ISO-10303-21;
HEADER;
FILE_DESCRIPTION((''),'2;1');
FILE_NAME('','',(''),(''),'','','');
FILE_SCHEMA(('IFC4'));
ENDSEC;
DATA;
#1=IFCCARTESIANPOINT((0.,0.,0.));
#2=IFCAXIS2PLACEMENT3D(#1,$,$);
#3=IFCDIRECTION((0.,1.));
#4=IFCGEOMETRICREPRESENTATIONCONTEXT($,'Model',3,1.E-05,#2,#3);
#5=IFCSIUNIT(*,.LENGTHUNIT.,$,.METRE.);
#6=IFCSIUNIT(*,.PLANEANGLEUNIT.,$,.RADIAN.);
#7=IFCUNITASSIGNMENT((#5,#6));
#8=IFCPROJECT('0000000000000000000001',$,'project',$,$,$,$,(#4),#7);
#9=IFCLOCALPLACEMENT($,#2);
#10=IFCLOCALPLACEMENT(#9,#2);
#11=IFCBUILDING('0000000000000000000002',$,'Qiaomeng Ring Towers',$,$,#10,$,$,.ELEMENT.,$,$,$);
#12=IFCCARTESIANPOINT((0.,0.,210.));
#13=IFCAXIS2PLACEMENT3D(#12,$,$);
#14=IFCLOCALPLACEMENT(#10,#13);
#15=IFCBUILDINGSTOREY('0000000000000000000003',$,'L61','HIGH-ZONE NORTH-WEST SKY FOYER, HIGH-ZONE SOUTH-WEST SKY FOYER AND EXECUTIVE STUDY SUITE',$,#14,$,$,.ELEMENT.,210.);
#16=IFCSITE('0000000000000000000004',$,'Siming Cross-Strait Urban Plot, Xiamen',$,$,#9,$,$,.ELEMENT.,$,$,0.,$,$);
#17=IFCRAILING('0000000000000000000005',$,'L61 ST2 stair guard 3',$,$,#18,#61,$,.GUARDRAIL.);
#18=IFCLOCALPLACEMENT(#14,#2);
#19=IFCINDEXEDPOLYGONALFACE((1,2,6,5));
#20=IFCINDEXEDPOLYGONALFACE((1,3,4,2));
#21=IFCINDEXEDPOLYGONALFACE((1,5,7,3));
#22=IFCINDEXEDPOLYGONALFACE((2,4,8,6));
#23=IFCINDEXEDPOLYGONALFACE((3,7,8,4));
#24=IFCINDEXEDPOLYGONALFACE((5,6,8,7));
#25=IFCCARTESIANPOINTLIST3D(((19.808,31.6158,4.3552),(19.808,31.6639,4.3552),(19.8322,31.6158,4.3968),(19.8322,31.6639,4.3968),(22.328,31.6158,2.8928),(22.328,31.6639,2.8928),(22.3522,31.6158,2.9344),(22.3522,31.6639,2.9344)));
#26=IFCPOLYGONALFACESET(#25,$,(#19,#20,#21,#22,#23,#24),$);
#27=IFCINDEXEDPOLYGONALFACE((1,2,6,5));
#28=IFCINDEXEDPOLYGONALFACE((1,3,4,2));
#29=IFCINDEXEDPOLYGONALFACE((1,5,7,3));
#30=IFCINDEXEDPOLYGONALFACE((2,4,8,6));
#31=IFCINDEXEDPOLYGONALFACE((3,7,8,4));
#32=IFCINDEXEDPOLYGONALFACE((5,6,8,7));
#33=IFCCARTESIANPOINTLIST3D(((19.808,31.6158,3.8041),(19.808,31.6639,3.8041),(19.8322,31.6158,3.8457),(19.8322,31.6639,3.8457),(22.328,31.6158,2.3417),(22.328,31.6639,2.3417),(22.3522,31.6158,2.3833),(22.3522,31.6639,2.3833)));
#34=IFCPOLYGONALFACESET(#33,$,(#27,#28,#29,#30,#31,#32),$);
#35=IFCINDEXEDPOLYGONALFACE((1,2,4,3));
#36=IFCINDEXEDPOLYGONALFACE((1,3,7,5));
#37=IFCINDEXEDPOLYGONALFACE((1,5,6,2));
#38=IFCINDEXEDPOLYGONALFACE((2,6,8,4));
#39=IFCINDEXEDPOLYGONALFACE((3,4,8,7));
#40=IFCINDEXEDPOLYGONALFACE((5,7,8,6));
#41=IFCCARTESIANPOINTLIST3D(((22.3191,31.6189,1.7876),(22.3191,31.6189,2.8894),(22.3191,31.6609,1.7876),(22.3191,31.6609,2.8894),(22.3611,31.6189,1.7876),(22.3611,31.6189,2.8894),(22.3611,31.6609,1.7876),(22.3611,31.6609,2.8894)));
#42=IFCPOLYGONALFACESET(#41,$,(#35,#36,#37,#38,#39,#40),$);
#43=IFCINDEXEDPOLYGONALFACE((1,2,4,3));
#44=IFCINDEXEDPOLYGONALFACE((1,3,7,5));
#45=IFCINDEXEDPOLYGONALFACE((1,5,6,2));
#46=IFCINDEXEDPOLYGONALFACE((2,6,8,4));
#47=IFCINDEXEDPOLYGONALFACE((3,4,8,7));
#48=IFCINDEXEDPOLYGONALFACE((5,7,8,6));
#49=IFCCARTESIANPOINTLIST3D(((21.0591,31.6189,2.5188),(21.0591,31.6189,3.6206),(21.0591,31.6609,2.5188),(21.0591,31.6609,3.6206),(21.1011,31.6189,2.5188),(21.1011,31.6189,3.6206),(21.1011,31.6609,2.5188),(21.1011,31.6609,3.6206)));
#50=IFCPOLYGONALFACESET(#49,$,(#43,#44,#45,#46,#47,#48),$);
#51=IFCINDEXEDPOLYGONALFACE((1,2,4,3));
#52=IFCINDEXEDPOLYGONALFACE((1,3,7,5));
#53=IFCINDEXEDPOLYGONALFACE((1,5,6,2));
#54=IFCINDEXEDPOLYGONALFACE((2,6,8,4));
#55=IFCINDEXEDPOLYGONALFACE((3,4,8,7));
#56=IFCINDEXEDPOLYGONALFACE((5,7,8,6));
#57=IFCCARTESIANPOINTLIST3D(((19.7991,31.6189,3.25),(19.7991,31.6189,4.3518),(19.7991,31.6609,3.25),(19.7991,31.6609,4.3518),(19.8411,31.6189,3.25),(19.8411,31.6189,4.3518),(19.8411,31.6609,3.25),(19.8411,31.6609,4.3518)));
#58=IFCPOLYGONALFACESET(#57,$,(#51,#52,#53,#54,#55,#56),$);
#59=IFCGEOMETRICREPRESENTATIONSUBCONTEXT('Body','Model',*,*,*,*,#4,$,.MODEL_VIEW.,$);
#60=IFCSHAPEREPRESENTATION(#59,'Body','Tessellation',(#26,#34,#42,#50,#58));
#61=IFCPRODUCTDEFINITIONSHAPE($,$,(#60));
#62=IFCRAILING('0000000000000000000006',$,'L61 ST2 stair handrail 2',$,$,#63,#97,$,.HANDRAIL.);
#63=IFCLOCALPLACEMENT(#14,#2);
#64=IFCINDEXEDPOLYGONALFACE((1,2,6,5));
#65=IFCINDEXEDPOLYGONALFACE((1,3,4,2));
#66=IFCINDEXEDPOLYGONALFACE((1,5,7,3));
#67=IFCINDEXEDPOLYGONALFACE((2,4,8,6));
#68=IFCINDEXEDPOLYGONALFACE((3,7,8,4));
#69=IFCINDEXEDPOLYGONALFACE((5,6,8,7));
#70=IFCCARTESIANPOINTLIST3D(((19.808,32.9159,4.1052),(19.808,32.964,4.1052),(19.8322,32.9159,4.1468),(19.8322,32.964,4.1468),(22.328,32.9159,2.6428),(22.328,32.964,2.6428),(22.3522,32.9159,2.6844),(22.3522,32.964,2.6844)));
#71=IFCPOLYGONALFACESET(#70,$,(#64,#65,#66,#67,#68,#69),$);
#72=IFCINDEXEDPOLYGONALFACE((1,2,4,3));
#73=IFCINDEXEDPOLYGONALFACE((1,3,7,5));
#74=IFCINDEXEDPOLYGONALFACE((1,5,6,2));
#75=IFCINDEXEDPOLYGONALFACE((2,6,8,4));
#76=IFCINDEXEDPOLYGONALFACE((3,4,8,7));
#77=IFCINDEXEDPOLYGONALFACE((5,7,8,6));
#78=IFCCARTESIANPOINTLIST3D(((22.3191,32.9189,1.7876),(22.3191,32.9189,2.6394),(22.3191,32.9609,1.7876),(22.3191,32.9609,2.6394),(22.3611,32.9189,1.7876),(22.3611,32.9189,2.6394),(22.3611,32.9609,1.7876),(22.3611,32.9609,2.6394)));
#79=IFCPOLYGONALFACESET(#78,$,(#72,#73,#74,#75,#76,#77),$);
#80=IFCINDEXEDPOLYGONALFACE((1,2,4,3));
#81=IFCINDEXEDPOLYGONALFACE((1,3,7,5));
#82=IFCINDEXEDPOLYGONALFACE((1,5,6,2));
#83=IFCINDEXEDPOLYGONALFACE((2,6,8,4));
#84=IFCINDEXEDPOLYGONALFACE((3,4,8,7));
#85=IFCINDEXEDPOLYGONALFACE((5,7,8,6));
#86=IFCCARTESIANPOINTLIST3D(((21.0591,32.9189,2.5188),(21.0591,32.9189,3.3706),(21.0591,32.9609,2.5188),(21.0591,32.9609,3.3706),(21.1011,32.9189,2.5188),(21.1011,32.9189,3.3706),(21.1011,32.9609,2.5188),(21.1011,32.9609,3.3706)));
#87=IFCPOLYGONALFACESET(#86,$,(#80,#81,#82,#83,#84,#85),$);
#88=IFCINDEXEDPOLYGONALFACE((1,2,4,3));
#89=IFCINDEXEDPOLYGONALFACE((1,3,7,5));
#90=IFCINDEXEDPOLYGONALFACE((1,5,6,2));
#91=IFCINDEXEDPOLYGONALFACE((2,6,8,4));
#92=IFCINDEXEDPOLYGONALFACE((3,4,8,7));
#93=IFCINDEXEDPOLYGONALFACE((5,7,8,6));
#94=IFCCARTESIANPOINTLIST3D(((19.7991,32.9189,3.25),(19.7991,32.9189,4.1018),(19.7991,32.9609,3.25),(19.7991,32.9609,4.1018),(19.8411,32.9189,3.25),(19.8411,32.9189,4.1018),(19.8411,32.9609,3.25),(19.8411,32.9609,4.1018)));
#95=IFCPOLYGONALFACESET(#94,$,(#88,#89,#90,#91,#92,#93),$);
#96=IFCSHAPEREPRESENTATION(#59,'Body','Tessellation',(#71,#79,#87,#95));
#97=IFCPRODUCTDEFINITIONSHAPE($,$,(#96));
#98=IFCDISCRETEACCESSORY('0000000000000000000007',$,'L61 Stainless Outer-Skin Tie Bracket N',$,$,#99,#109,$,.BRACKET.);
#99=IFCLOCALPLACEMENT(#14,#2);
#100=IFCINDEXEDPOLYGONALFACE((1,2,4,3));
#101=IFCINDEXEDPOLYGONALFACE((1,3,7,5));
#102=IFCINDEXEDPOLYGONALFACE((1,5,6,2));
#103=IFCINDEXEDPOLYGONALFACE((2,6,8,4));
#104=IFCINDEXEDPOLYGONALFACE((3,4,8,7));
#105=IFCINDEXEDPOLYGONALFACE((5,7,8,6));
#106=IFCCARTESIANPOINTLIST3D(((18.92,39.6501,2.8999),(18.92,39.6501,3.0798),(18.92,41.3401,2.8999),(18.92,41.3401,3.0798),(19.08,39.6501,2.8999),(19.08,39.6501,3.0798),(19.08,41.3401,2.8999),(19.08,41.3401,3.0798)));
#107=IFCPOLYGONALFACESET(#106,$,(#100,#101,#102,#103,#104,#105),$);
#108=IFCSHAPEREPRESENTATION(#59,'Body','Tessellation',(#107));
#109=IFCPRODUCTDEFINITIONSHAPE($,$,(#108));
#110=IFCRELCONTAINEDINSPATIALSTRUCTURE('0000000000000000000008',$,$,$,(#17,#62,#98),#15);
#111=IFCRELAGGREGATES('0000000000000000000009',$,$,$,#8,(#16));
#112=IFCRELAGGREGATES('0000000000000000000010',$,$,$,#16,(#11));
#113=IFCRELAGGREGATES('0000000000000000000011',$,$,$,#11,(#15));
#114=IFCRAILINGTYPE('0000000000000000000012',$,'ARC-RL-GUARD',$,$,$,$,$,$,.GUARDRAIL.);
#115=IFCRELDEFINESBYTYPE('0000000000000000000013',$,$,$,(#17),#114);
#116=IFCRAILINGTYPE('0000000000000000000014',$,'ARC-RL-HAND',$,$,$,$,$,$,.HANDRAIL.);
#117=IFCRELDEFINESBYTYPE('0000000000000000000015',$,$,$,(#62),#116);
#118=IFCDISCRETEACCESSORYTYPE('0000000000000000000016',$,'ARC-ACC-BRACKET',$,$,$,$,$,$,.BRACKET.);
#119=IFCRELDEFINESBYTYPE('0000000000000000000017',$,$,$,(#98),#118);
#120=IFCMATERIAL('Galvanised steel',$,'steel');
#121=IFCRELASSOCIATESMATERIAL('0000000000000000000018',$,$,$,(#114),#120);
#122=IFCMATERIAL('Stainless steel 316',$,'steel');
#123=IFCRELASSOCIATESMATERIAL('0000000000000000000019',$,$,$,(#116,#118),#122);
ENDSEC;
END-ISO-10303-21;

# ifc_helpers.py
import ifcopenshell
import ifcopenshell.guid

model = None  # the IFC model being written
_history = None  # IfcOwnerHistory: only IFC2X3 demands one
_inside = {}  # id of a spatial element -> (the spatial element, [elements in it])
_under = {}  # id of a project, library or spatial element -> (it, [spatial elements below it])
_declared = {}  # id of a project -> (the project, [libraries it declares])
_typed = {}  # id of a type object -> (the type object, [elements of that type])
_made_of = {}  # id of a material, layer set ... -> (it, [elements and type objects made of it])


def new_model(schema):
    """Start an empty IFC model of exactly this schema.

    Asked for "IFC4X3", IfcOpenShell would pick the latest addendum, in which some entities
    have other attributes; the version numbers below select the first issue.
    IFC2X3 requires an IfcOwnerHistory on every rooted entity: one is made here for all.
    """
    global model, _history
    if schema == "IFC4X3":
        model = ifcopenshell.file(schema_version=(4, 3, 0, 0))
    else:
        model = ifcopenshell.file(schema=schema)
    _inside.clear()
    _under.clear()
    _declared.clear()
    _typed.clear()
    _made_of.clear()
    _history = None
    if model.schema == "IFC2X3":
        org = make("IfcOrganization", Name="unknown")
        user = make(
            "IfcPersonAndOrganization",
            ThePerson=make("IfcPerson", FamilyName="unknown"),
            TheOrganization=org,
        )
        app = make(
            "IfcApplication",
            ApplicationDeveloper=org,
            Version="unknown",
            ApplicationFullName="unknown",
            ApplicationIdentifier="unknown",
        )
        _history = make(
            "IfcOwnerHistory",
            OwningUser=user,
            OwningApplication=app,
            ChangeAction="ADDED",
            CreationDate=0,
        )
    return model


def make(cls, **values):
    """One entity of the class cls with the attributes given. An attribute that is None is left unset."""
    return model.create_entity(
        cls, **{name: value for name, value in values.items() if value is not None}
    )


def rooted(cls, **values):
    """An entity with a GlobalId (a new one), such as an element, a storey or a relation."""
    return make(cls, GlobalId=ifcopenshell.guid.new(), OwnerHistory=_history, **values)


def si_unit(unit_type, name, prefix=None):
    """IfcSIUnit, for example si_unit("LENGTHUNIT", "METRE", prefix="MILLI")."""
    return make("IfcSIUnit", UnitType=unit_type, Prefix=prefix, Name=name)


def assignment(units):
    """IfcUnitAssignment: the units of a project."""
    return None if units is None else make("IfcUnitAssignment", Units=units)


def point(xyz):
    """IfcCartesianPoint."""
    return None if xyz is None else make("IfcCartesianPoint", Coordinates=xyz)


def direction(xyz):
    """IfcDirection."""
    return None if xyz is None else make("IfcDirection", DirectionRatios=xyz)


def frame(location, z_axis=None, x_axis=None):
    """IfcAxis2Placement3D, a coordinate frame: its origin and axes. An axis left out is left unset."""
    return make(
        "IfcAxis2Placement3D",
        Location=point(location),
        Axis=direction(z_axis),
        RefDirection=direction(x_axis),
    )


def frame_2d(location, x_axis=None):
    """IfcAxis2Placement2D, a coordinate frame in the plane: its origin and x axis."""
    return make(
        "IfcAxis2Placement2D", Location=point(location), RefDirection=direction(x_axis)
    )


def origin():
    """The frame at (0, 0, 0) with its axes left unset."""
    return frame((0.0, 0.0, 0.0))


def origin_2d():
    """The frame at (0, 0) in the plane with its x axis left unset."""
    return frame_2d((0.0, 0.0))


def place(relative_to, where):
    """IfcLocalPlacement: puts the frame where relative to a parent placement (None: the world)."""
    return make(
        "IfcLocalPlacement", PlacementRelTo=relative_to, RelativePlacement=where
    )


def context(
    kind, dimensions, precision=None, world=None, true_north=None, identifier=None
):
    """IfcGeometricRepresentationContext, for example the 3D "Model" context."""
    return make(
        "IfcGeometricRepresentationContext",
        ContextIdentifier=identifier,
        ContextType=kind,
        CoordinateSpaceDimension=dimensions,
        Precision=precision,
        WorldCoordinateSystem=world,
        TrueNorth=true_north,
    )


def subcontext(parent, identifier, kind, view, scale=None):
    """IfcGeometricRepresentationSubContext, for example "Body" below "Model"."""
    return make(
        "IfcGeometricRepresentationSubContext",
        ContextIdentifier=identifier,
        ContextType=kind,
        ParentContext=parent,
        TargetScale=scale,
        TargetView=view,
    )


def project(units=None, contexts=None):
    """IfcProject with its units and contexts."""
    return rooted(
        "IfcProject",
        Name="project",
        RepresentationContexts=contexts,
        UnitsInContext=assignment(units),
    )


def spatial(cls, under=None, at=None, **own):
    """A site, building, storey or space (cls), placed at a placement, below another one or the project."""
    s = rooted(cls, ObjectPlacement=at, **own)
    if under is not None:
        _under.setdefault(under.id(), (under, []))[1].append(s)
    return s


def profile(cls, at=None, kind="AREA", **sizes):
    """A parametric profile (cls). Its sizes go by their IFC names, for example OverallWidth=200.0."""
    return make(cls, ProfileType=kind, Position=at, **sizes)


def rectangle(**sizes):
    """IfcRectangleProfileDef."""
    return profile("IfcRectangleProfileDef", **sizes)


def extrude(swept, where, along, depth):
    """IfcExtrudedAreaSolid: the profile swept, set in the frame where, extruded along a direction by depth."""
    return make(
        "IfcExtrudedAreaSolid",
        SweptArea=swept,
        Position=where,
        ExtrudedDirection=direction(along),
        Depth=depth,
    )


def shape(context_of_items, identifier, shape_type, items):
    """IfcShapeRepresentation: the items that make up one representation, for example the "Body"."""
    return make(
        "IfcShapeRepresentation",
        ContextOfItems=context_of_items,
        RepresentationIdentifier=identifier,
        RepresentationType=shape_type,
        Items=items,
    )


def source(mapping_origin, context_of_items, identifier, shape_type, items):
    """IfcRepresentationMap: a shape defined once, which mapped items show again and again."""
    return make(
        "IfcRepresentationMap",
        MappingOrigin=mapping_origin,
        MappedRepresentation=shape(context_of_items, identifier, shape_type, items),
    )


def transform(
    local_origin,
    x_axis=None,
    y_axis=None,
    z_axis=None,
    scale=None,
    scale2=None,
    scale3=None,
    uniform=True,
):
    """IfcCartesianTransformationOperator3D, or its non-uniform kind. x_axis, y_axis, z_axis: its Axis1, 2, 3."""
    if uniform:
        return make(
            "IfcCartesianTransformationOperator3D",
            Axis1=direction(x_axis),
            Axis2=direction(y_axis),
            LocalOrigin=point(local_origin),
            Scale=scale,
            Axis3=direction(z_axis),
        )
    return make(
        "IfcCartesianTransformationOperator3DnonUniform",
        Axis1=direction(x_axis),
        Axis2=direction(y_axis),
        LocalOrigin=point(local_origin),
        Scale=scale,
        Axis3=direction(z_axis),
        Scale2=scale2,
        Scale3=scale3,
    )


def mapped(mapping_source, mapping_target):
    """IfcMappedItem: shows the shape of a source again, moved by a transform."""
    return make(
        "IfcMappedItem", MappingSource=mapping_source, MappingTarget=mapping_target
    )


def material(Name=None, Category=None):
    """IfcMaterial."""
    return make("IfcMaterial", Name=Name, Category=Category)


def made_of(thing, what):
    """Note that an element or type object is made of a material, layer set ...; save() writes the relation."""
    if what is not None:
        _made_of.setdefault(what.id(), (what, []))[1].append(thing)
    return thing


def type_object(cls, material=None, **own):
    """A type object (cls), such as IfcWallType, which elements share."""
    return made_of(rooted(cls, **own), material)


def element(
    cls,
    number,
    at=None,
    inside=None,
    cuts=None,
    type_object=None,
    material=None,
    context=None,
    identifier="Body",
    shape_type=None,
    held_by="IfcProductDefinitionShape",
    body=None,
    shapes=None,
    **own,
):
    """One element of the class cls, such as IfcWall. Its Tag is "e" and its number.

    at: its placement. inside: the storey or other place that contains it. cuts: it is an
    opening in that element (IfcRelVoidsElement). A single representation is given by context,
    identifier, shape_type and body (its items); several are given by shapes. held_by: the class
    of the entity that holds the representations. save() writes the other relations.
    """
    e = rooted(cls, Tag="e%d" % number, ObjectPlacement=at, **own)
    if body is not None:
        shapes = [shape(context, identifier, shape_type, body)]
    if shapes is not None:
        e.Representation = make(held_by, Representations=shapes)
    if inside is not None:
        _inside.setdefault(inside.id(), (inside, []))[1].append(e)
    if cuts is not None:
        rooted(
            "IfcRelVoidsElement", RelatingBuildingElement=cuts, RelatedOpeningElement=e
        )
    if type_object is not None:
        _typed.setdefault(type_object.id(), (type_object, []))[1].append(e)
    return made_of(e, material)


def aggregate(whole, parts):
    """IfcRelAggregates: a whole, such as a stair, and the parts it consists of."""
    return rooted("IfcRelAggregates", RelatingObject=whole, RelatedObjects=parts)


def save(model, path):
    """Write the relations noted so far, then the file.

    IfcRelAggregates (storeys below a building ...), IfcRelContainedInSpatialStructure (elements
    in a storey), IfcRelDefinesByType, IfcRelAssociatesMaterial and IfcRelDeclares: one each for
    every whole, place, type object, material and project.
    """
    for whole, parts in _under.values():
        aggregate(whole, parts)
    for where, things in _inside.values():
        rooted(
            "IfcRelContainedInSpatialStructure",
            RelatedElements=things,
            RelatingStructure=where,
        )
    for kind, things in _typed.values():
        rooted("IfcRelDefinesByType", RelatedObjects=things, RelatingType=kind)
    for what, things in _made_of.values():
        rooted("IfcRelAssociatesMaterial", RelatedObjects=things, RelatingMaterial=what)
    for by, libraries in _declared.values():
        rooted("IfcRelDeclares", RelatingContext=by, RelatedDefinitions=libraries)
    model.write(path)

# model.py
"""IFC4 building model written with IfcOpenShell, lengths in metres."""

from ifc_helpers import new_model, si_unit, direction, frame, origin, origin_2d, place, context, subcontext, project, spatial, rectangle, extrude, source, transform, mapped, material, type_object, element, save


model = new_model("IFC4")

# Units and contexts
model_context = context("Model", 3, precision=1e-05, world=origin(), true_north=direction((0.0, 1.0)))
body_context = subcontext(model_context, "Body", "Model", "MODEL_VIEW")
ifc_project = project(units=[si_unit("LENGTHUNIT", "METRE"), si_unit("PLANEANGLEUNIT", "RADIAN")], contexts=[model_context])

# Site, building, storey
site_placement = place(None, origin())
site = spatial("IfcSite", under=ifc_project, at=site_placement, Name="Siming Cross-Strait Urban Plot, Xiamen", CompositionType="ELEMENT", RefElevation=0.0)
building_placement = place(site_placement, origin())
building = spatial("IfcBuilding", under=site, at=building_placement, Name="Qiaomeng Ring Towers", CompositionType="ELEMENT")
storey_placement = place(building_placement, frame((0.0, 0.0, 210.0)))
storey = spatial("IfcBuildingStorey", under=building, at=storey_placement, Name="L61", Description="HIGH-ZONE NORTH-WEST SKY FOYER, HIGH-ZONE SOUTH-WEST SKY FOYER AND EXECUTIVE STUDY SUITE", CompositionType="ELEMENT", Elevation=210.0)

# Railings
ifc_material_1 = material(Name="Galvanised steel", Category="steel")
railing_type_1 = type_object("IfcRailingType", Name="ARC-RL-GUARD", PredefinedType="GUARDRAIL", material=ifc_material_1)
railing_1_placement = place(storey_placement, frame((22.3401, 31.6399, 1.7876)))
element("IfcRailing", 1, at=railing_1_placement, inside=storey, type_object=railing_type_1, Name="L61 ST2 stair guard 3", PredefinedType="GUARDRAIL", context=body_context, shape_type="SweptSolid", body=[
    extrude(rectangle(XDim=0.0481, YDim=0.0481, at=origin_2d()), frame((0.0, 0.0, 1.126), z_axis=(-0.864913, 0.0, 0.501921), x_axis=(0.0, -1.0, 0.0)), (0.0, 0.0, 1.0), 2.9136),
    extrude(rectangle(XDim=0.0481, YDim=0.0481, at=origin_2d()), frame((0.0, 0.0, 0.575), z_axis=(-0.864913, 0.0, 0.501921), x_axis=(0.0, -1.0, 0.0)), (0.0, 0.0, 1.0), 2.9136),
    extrude(rectangle(XDim=0.042, YDim=0.042, at=origin_2d()), origin(), (0.0, 0.0, 1.0), 1.1018),
    extrude(rectangle(XDim=0.042, YDim=0.042, at=origin_2d()), frame((-1.26, 0.0, 0.7312)), (0.0, 0.0, 1.0), 1.1018),
    extrude(rectangle(XDim=0.042, YDim=0.042, at=origin_2d()), frame((-2.52, 0.0, 1.4624)), (0.0, 0.0, 1.0), 1.1018),
])
ifc_material_2 = material(Name="Stainless steel 316", Category="steel")
railing_type_2 = type_object("IfcRailingType", Name="ARC-RL-HAND", PredefinedType="HANDRAIL", material=ifc_material_2)
railing_2_placement = place(storey_placement, frame((22.3401, 32.9399, 1.7876)))
element("IfcRailing", 2, at=railing_2_placement, inside=storey, type_object=railing_type_2, Name="L61 ST2 stair handrail 2", PredefinedType="HANDRAIL", context=body_context, shape_type="SweptSolid", body=[
    extrude(rectangle(XDim=0.0481, YDim=0.0481, at=origin_2d()), frame((0.0, 0.0, 0.876), z_axis=(-0.864913, 0.0, 0.501921), x_axis=(0.0, -1.0, 0.0)), (0.0, 0.0, 1.0), 2.9136),
    extrude(rectangle(XDim=0.042, YDim=0.042, at=origin_2d()), origin(), (0.0, 0.0, 1.0), 0.8518),
    extrude(rectangle(XDim=0.042, YDim=0.042, at=origin_2d()), frame((-1.26, 0.0, 0.7312)), (0.0, 0.0, 1.0), 0.8518),
    extrude(rectangle(XDim=0.042, YDim=0.042, at=origin_2d()), frame((-2.52, 0.0, 1.4624)), (0.0, 0.0, 1.0), 0.8518),
])

# Discrete accessory
discrete_accessory_type = type_object("IfcDiscreteAccessoryType", Name="ARC-ACC-BRACKET", PredefinedType="BRACKET", material=ifc_material_2)
shared_shape_1 = source(origin(), body_context, "Body", "SweptSolid", [
    extrude(rectangle(XDim=0.1599, YDim=1.6899, at=origin_2d()), origin(), (0.0, 0.0, 1.0), 0.1799),
])
discrete_accessory_placement = place(storey_placement, frame((19.0, 40.4951, 2.8999), z_axis=(0.0, 0.0, 1.0), x_axis=(1.0, 0.0, 0.0)))
element("IfcDiscreteAccessory", 3, at=discrete_accessory_placement, inside=storey, type_object=discrete_accessory_type, Name="L61 Stainless Outer-Skin Tie Bracket N", PredefinedType="BRACKET", context=body_context, shape_type="MappedRepresentation", body=[
    mapped(shared_shape_1, transform((0.0, 0.0, 0.0), x_axis=(1.0, 0.0, 0.0), y_axis=(0.0, 1.0, 0.0), z_axis=(0.0, 0.0, 1.0), scale=1.0)),
])

save(model, "model.ifc")
